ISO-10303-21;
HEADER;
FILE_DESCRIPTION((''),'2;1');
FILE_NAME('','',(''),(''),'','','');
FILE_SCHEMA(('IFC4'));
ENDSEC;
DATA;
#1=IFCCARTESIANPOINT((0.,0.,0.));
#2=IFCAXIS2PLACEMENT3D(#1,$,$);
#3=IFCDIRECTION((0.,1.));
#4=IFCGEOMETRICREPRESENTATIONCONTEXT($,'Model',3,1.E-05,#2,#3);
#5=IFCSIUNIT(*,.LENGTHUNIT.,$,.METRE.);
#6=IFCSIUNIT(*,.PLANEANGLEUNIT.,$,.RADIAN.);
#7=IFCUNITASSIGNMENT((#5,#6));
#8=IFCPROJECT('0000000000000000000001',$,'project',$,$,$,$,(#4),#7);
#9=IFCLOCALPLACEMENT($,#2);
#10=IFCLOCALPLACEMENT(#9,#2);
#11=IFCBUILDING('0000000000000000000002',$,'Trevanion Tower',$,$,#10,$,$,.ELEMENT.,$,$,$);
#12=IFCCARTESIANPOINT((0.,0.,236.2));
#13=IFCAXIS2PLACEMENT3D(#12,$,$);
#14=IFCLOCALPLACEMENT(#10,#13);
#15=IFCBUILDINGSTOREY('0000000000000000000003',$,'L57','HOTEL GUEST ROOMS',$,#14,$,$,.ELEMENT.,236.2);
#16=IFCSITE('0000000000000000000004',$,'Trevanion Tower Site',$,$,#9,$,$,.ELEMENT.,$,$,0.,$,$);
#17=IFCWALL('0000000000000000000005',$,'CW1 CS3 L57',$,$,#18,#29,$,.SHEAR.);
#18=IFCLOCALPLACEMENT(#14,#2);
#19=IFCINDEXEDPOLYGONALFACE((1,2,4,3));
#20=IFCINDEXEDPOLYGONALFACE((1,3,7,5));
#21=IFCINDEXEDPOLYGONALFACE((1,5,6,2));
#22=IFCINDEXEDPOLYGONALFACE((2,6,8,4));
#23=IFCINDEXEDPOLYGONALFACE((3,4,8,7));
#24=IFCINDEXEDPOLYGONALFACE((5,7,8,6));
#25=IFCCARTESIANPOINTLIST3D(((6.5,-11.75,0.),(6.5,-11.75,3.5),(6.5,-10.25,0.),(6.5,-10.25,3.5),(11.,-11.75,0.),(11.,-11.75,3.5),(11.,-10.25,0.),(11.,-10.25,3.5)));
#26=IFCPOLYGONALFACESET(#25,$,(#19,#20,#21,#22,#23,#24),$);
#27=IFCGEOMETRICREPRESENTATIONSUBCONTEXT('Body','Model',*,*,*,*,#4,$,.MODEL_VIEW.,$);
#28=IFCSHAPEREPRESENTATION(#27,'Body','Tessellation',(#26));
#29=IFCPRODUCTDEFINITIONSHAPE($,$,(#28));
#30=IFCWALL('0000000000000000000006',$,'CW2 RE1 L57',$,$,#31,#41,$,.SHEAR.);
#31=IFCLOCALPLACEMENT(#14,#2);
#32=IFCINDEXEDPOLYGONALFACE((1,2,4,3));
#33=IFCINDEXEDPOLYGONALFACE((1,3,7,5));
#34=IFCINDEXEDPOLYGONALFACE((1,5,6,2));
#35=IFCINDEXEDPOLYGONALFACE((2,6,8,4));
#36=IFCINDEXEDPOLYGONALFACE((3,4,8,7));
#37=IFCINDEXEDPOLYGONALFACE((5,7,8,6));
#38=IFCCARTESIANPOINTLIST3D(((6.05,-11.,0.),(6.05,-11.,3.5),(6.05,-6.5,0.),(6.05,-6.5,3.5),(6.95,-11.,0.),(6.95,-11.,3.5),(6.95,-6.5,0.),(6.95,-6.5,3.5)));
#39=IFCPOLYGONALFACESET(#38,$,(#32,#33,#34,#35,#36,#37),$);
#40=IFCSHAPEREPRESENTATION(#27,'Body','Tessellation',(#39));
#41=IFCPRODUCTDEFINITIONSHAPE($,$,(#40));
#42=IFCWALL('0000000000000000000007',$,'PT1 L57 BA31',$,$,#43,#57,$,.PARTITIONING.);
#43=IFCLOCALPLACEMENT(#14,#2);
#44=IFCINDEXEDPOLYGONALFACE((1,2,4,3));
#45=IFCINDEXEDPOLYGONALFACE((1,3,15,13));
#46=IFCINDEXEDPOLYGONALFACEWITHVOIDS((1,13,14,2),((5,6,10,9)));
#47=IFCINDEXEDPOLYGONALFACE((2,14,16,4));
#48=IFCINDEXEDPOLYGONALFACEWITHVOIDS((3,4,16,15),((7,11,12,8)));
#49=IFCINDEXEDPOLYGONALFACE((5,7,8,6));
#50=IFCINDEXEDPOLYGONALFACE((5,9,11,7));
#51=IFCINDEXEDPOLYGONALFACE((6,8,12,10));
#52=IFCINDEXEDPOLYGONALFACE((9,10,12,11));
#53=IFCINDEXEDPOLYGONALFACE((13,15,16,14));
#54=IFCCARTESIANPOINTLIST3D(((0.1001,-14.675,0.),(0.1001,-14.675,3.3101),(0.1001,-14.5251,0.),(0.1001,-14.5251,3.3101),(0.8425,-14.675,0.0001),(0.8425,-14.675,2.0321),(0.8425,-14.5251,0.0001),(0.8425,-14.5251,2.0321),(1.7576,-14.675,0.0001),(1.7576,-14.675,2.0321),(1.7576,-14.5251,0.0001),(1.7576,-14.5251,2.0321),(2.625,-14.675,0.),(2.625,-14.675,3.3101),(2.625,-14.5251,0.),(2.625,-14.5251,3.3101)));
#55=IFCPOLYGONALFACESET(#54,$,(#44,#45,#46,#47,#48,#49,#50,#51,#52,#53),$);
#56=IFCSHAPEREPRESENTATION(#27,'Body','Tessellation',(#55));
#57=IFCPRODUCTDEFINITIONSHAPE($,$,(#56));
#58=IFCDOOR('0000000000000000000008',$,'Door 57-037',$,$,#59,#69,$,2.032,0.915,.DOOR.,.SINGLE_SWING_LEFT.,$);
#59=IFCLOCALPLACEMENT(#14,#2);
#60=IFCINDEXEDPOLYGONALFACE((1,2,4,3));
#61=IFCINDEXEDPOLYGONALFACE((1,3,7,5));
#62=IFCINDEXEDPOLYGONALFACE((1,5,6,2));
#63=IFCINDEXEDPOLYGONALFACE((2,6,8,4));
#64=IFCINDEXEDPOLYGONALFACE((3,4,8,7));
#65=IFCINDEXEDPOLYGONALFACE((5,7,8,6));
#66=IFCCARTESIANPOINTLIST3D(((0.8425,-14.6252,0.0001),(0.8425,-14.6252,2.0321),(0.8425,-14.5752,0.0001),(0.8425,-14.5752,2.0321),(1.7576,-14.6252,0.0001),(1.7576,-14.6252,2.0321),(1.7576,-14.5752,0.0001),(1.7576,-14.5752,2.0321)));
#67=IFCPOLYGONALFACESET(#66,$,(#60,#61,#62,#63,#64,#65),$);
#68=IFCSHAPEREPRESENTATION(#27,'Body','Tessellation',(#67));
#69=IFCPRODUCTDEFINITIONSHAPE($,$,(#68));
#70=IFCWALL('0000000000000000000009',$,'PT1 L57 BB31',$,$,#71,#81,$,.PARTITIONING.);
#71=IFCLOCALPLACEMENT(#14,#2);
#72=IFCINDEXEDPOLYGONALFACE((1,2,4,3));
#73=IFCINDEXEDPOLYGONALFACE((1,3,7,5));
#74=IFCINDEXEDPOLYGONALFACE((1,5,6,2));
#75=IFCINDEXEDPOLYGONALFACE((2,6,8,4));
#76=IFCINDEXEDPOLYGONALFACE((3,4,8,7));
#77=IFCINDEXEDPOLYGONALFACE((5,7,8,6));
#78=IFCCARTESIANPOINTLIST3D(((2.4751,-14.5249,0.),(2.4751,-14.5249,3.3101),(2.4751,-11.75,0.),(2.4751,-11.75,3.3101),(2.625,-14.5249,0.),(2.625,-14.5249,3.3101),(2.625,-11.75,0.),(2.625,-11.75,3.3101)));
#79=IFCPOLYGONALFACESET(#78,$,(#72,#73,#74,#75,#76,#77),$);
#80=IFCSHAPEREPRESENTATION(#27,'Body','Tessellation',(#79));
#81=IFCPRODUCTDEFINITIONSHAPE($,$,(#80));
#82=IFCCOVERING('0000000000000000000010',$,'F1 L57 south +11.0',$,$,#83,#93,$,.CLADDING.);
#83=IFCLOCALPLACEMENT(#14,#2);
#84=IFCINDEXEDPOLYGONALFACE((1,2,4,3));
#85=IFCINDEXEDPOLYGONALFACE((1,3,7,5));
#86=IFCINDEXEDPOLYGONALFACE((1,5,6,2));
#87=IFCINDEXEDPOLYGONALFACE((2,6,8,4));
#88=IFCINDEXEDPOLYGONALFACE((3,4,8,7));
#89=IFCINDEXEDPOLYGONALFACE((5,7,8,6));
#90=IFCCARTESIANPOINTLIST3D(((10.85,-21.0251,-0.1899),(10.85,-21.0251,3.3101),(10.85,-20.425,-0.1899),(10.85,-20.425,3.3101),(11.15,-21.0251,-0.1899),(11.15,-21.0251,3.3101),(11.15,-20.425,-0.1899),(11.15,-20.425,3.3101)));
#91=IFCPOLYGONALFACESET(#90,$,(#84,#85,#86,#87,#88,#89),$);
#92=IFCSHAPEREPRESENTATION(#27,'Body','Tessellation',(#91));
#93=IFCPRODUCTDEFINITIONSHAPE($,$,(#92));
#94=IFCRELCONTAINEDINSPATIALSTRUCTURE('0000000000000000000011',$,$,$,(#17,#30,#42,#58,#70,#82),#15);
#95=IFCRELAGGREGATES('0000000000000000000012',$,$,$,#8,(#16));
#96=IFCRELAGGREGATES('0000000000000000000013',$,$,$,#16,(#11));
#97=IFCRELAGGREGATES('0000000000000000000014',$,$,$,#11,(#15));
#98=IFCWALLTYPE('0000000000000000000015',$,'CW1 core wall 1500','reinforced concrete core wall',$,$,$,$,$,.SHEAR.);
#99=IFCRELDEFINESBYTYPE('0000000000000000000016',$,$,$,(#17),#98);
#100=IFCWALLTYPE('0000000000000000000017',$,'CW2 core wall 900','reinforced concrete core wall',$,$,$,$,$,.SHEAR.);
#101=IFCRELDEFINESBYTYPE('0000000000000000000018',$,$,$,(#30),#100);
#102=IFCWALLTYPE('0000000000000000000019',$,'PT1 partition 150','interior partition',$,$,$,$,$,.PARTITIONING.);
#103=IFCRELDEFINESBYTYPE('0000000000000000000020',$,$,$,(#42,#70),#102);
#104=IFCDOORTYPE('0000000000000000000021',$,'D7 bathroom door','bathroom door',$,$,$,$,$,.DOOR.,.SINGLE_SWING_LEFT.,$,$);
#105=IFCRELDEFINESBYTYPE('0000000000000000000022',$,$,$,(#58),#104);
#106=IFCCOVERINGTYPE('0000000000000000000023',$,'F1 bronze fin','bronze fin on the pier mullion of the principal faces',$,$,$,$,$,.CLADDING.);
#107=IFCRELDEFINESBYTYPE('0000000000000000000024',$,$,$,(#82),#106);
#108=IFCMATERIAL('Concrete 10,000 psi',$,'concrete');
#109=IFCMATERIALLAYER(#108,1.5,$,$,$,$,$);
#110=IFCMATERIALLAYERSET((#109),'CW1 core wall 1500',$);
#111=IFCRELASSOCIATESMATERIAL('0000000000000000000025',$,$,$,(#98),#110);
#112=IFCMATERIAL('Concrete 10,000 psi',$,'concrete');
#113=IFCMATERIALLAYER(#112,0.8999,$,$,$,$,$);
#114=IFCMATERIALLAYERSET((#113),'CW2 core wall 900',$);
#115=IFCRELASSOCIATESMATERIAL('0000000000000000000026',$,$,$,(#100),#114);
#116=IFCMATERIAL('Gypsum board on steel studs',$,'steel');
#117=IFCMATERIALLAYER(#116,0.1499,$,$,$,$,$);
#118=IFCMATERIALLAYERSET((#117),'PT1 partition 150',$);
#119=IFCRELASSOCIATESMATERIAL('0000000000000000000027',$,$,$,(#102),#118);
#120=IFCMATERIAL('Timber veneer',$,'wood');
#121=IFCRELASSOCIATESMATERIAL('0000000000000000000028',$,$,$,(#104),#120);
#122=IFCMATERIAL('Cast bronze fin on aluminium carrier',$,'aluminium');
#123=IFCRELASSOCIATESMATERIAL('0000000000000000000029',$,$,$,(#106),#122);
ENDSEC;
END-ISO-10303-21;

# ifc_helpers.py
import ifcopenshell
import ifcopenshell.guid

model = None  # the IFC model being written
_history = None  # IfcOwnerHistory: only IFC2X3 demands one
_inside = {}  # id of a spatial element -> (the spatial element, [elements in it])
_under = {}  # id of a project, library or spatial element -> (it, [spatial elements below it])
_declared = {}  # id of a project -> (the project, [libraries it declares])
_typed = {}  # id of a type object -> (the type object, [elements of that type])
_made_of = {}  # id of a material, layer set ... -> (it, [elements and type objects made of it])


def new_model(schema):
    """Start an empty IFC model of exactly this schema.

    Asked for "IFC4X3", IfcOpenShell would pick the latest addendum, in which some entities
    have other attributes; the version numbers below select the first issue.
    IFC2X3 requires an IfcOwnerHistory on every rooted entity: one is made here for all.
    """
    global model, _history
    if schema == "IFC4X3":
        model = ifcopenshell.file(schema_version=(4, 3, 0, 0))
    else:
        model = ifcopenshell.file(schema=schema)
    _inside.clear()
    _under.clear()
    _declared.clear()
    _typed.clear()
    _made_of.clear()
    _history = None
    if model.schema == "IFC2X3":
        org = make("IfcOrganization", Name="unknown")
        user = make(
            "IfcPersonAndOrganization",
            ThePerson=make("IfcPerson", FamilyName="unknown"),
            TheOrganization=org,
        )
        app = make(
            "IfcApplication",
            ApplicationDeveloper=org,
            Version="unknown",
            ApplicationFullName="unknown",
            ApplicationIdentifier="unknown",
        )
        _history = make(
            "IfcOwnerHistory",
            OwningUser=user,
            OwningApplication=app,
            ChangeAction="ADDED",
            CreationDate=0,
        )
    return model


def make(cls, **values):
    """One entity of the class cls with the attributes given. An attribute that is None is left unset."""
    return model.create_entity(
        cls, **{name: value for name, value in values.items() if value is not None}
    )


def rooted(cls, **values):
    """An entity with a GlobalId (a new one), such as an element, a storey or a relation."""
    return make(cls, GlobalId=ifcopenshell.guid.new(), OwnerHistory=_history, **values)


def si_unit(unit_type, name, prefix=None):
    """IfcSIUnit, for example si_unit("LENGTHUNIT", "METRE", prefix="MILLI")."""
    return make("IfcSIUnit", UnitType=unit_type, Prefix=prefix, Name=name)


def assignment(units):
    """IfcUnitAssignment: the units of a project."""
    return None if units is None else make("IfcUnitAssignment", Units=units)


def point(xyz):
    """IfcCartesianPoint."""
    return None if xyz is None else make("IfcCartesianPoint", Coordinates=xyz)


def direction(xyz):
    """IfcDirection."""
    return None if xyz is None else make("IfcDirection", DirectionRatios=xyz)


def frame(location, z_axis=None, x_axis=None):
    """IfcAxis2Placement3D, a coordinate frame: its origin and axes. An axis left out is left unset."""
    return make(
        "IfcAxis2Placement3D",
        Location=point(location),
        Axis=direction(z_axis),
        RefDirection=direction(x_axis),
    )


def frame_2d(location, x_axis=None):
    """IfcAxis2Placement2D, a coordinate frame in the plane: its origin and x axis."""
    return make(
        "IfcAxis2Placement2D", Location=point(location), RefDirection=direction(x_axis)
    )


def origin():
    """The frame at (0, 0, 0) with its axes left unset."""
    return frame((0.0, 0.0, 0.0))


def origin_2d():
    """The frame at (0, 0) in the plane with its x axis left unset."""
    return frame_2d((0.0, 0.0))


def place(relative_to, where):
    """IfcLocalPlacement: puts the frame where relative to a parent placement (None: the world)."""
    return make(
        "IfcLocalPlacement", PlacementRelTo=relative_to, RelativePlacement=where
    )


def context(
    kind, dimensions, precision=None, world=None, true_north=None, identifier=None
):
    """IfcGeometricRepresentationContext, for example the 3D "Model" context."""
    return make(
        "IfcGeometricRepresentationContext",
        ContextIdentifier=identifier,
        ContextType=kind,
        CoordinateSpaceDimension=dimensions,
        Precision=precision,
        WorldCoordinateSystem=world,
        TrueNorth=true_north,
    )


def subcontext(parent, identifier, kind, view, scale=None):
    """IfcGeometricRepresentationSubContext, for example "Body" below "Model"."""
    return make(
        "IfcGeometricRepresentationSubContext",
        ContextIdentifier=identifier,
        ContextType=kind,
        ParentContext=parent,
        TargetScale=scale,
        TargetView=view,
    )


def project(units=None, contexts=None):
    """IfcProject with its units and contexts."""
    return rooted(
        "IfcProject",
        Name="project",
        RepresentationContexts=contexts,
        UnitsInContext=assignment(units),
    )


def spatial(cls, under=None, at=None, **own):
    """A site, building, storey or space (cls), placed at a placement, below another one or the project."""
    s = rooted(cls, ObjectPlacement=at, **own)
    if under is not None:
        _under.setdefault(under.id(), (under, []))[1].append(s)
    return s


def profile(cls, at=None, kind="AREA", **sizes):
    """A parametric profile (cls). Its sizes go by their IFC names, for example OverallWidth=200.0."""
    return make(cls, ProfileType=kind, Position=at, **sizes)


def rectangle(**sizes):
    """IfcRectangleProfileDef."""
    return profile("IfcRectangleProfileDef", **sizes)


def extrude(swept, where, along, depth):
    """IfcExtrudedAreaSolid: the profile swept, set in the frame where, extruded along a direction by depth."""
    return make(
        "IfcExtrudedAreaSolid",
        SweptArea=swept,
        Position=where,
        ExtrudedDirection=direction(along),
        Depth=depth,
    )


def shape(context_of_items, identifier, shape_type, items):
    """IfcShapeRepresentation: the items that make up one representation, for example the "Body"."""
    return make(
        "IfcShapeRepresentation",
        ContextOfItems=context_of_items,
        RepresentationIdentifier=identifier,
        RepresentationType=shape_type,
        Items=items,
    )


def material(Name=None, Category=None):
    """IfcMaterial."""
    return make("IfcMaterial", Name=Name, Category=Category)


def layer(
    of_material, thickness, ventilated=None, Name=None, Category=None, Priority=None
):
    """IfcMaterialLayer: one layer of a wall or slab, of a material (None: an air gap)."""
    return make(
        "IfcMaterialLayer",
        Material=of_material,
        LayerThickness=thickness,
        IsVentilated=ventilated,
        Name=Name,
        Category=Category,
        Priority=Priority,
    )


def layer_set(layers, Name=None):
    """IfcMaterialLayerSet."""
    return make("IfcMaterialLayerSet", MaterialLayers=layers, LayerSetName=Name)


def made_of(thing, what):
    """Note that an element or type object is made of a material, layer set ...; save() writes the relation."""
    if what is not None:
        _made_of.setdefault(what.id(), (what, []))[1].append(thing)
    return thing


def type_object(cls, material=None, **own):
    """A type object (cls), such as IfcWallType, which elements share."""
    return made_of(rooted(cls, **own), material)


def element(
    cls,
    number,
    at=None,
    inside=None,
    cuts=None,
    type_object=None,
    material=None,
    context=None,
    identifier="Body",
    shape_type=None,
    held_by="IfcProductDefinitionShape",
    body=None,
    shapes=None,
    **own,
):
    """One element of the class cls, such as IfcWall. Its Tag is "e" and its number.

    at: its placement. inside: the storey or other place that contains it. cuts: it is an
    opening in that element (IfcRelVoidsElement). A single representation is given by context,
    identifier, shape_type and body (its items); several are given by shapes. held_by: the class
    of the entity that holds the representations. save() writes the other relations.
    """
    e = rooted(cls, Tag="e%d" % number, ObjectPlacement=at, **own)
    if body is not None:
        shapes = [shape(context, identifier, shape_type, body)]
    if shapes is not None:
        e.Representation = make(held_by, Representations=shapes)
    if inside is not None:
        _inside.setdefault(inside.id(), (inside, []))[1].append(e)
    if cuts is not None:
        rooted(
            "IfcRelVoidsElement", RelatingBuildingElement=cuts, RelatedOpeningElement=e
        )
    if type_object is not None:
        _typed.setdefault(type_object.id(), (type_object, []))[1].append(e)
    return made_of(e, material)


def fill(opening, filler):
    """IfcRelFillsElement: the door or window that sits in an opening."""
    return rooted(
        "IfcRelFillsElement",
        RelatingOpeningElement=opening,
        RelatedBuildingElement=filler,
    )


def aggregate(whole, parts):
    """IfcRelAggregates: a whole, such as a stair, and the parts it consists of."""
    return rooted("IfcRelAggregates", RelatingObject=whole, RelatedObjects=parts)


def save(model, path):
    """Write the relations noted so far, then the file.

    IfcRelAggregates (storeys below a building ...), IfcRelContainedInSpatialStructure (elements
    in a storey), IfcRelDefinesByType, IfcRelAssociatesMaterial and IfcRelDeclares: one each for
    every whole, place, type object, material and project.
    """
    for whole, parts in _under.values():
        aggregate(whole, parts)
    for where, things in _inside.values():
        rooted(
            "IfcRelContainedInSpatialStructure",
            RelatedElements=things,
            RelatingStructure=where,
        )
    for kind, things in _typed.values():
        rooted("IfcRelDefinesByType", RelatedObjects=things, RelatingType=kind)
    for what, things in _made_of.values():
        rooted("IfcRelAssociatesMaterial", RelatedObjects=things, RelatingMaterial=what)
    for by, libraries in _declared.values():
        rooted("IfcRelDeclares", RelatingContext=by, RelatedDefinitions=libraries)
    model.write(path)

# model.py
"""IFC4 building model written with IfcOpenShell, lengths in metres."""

from ifc_helpers import new_model, si_unit, direction, frame, frame_2d, origin, origin_2d, place, context, subcontext, project, spatial, rectangle, extrude, material, layer, layer_set, type_object, element, fill, save


model = new_model("IFC4")

# Units and contexts
model_context = context("Model", 3, precision=1e-05, world=origin(), true_north=direction((0.0, 1.0)))
body_context = subcontext(model_context, "Body", "Model", "MODEL_VIEW")
ifc_project = project(units=[si_unit("LENGTHUNIT", "METRE"), si_unit("PLANEANGLEUNIT", "RADIAN")], contexts=[model_context])

# Site, building, storey
site_placement = place(None, origin())
site = spatial("IfcSite", under=ifc_project, at=site_placement, Name="Trevanion Tower Site", CompositionType="ELEMENT", RefElevation=0.0)
building_placement = place(site_placement, origin())
building = spatial("IfcBuilding", under=site, at=building_placement, Name="Trevanion Tower", CompositionType="ELEMENT")
storey_placement = place(building_placement, frame((0.0, 0.0, 236.2)))
storey = spatial("IfcBuildingStorey", under=building, at=storey_placement, Name="L57", Description="HOTEL GUEST ROOMS", CompositionType="ELEMENT", Elevation=236.2)

# Walls
ifc_material_1 = material(Name="Concrete 10,000 psi", Category="concrete")
ifc_layer_1 = layer(ifc_material_1, 1.5)
ifc_layer_set_1 = layer_set([ifc_layer_1], Name="CW1 core wall 1500")
wall_type_1 = type_object("IfcWallType", Name="CW1 core wall 1500", Description="reinforced concrete core wall", PredefinedType="SHEAR", material=ifc_layer_set_1)
wall_1_placement = place(storey_placement, frame((6.5, -11.0, 0.0), z_axis=(0.0, 0.0, 1.0), x_axis=(1.0, 0.0, 0.0)))
element("IfcWall", 1, at=wall_1_placement, inside=storey, type_object=wall_type_1, Name="CW1 CS3 L57", PredefinedType="SHEAR", context=body_context, shape_type="SweptSolid", body=[
    extrude(rectangle(XDim=4.5, YDim=1.5, at=frame_2d((2.25, 0.0))), origin(), (0.0, 0.0, 1.0), 3.5),
])
ifc_material_2 = material(Name="Concrete 10,000 psi", Category="concrete")
ifc_layer_2 = layer(ifc_material_2, 0.8999)
ifc_layer_set_2 = layer_set([ifc_layer_2], Name="CW2 core wall 900")
wall_type_2 = type_object("IfcWallType", Name="CW2 core wall 900", Description="reinforced concrete core wall", PredefinedType="SHEAR", material=ifc_layer_set_2)
wall_2_placement = place(storey_placement, frame((6.5, -11.0, 0.0), z_axis=(0.0, 0.0, 1.0), x_axis=(0.0, 1.0, 0.0)))
element("IfcWall", 2, at=wall_2_placement, inside=storey, type_object=wall_type_2, Name="CW2 RE1 L57", PredefinedType="SHEAR", context=body_context, shape_type="SweptSolid", body=[
    extrude(rectangle(XDim=4.5, YDim=0.8999, at=frame_2d((2.25, 0.0))), origin(), (0.0, 0.0, 1.0), 3.5),
])

# Wall, opening, door
ifc_material_3 = material(Name="Gypsum board on steel studs", Category="steel")
ifc_layer_3 = layer(ifc_material_3, 0.1499)
ifc_layer_set_3 = layer_set([ifc_layer_3], Name="PT1 partition 150")
wall_type_3 = type_object("IfcWallType", Name="PT1 partition 150", Description="interior partition", PredefinedType="PARTITIONING", material=ifc_layer_set_3)
wall_3_placement = place(storey_placement, frame((0.1001, -14.6001, 0.0), z_axis=(0.0, 0.0, 1.0), x_axis=(1.0, 0.0, 0.0)))
wall_3 = element("IfcWall", 3, at=wall_3_placement, inside=storey, type_object=wall_type_3, Name="PT1 L57 BA31", PredefinedType="PARTITIONING", context=body_context, shape_type="SweptSolid", body=[
    extrude(rectangle(XDim=2.5249, YDim=0.1499, at=frame_2d((1.2625, 0.0))), origin(), (0.0, 0.0, 1.0), 3.3101),
])
opening_placement = place(wall_3_placement, frame((0.7424, 0.0, 0.0)))
opening = element("IfcOpeningElement", 4, at=opening_placement, cuts=wall_3, PredefinedType="OPENING", context=body_context, shape_type="SweptSolid", body=[
    extrude(rectangle(XDim=0.915, YDim=2.032, at=frame_2d((0.4575, 1.0161))), frame((0.0, 0.085, 0.0), z_axis=(0.0, -1.0, 0.0), x_axis=(1.0, 0.0, 0.0)), (0.0, 0.0, 1.0), 0.1699),
])
ifc_material_4 = material(Name="Timber veneer", Category="wood")
door_type = type_object("IfcDoorType", Name="D7 bathroom door", Description="bathroom door", OperationType="SINGLE_SWING_LEFT", PredefinedType="DOOR", material=ifc_material_4)
door_placement = place(opening_placement, origin())
door = element("IfcDoor", 5, at=door_placement, inside=storey, type_object=door_type, Name="Door 57-037", OperationType="SINGLE_SWING_LEFT", OverallHeight=2.032, OverallWidth=0.915, PredefinedType="DOOR", context=body_context, shape_type="SweptSolid", body=[
    extrude(rectangle(XDim=0.915, YDim=2.032, at=frame_2d((0.4575, 1.0161))), frame((0.0, 0.0249, 0.0), z_axis=(0.0, -1.0, 0.0), x_axis=(1.0, 0.0, 0.0)), (0.0, 0.0, 1.0), 0.05),
])
fill(opening, door)

# Wall
wall_4_placement = place(storey_placement, frame((2.55, -11.75, 0.0), z_axis=(0.0, 0.0, 1.0), x_axis=(0.0, -1.0, 0.0)))
element("IfcWall", 6, at=wall_4_placement, inside=storey, type_object=wall_type_3, Name="PT1 L57 BB31", PredefinedType="PARTITIONING", context=body_context, shape_type="SweptSolid", body=[
    extrude(rectangle(XDim=2.7749, YDim=0.1499, at=frame_2d((1.3875, 0.0))), origin(), (0.0, 0.0, 1.0), 3.3101),
])

# Covering
ifc_material_5 = material(Name="Cast bronze fin on aluminium carrier", Category="aluminium")
covering_type = type_object("IfcCoveringType", Name="F1 bronze fin", Description="bronze fin on the pier mullion of the principal faces", PredefinedType="CLADDING", material=ifc_material_5)
covering_placement = place(storey_placement, frame((11.0, -20.7251, -0.1899), z_axis=(0.0, 0.0, 1.0), x_axis=(1.0, 0.0, 0.0)))
element("IfcCovering", 7, at=covering_placement, inside=storey, type_object=covering_type, Name="F1 L57 south +11.0", PredefinedType="CLADDING", context=body_context, shape_type="SweptSolid", body=[
    extrude(rectangle(XDim=0.3, YDim=0.6001, at=origin_2d()), origin(), (0.0, 0.0, 1.0), 3.5),
])

save(model, "model.ifc")
